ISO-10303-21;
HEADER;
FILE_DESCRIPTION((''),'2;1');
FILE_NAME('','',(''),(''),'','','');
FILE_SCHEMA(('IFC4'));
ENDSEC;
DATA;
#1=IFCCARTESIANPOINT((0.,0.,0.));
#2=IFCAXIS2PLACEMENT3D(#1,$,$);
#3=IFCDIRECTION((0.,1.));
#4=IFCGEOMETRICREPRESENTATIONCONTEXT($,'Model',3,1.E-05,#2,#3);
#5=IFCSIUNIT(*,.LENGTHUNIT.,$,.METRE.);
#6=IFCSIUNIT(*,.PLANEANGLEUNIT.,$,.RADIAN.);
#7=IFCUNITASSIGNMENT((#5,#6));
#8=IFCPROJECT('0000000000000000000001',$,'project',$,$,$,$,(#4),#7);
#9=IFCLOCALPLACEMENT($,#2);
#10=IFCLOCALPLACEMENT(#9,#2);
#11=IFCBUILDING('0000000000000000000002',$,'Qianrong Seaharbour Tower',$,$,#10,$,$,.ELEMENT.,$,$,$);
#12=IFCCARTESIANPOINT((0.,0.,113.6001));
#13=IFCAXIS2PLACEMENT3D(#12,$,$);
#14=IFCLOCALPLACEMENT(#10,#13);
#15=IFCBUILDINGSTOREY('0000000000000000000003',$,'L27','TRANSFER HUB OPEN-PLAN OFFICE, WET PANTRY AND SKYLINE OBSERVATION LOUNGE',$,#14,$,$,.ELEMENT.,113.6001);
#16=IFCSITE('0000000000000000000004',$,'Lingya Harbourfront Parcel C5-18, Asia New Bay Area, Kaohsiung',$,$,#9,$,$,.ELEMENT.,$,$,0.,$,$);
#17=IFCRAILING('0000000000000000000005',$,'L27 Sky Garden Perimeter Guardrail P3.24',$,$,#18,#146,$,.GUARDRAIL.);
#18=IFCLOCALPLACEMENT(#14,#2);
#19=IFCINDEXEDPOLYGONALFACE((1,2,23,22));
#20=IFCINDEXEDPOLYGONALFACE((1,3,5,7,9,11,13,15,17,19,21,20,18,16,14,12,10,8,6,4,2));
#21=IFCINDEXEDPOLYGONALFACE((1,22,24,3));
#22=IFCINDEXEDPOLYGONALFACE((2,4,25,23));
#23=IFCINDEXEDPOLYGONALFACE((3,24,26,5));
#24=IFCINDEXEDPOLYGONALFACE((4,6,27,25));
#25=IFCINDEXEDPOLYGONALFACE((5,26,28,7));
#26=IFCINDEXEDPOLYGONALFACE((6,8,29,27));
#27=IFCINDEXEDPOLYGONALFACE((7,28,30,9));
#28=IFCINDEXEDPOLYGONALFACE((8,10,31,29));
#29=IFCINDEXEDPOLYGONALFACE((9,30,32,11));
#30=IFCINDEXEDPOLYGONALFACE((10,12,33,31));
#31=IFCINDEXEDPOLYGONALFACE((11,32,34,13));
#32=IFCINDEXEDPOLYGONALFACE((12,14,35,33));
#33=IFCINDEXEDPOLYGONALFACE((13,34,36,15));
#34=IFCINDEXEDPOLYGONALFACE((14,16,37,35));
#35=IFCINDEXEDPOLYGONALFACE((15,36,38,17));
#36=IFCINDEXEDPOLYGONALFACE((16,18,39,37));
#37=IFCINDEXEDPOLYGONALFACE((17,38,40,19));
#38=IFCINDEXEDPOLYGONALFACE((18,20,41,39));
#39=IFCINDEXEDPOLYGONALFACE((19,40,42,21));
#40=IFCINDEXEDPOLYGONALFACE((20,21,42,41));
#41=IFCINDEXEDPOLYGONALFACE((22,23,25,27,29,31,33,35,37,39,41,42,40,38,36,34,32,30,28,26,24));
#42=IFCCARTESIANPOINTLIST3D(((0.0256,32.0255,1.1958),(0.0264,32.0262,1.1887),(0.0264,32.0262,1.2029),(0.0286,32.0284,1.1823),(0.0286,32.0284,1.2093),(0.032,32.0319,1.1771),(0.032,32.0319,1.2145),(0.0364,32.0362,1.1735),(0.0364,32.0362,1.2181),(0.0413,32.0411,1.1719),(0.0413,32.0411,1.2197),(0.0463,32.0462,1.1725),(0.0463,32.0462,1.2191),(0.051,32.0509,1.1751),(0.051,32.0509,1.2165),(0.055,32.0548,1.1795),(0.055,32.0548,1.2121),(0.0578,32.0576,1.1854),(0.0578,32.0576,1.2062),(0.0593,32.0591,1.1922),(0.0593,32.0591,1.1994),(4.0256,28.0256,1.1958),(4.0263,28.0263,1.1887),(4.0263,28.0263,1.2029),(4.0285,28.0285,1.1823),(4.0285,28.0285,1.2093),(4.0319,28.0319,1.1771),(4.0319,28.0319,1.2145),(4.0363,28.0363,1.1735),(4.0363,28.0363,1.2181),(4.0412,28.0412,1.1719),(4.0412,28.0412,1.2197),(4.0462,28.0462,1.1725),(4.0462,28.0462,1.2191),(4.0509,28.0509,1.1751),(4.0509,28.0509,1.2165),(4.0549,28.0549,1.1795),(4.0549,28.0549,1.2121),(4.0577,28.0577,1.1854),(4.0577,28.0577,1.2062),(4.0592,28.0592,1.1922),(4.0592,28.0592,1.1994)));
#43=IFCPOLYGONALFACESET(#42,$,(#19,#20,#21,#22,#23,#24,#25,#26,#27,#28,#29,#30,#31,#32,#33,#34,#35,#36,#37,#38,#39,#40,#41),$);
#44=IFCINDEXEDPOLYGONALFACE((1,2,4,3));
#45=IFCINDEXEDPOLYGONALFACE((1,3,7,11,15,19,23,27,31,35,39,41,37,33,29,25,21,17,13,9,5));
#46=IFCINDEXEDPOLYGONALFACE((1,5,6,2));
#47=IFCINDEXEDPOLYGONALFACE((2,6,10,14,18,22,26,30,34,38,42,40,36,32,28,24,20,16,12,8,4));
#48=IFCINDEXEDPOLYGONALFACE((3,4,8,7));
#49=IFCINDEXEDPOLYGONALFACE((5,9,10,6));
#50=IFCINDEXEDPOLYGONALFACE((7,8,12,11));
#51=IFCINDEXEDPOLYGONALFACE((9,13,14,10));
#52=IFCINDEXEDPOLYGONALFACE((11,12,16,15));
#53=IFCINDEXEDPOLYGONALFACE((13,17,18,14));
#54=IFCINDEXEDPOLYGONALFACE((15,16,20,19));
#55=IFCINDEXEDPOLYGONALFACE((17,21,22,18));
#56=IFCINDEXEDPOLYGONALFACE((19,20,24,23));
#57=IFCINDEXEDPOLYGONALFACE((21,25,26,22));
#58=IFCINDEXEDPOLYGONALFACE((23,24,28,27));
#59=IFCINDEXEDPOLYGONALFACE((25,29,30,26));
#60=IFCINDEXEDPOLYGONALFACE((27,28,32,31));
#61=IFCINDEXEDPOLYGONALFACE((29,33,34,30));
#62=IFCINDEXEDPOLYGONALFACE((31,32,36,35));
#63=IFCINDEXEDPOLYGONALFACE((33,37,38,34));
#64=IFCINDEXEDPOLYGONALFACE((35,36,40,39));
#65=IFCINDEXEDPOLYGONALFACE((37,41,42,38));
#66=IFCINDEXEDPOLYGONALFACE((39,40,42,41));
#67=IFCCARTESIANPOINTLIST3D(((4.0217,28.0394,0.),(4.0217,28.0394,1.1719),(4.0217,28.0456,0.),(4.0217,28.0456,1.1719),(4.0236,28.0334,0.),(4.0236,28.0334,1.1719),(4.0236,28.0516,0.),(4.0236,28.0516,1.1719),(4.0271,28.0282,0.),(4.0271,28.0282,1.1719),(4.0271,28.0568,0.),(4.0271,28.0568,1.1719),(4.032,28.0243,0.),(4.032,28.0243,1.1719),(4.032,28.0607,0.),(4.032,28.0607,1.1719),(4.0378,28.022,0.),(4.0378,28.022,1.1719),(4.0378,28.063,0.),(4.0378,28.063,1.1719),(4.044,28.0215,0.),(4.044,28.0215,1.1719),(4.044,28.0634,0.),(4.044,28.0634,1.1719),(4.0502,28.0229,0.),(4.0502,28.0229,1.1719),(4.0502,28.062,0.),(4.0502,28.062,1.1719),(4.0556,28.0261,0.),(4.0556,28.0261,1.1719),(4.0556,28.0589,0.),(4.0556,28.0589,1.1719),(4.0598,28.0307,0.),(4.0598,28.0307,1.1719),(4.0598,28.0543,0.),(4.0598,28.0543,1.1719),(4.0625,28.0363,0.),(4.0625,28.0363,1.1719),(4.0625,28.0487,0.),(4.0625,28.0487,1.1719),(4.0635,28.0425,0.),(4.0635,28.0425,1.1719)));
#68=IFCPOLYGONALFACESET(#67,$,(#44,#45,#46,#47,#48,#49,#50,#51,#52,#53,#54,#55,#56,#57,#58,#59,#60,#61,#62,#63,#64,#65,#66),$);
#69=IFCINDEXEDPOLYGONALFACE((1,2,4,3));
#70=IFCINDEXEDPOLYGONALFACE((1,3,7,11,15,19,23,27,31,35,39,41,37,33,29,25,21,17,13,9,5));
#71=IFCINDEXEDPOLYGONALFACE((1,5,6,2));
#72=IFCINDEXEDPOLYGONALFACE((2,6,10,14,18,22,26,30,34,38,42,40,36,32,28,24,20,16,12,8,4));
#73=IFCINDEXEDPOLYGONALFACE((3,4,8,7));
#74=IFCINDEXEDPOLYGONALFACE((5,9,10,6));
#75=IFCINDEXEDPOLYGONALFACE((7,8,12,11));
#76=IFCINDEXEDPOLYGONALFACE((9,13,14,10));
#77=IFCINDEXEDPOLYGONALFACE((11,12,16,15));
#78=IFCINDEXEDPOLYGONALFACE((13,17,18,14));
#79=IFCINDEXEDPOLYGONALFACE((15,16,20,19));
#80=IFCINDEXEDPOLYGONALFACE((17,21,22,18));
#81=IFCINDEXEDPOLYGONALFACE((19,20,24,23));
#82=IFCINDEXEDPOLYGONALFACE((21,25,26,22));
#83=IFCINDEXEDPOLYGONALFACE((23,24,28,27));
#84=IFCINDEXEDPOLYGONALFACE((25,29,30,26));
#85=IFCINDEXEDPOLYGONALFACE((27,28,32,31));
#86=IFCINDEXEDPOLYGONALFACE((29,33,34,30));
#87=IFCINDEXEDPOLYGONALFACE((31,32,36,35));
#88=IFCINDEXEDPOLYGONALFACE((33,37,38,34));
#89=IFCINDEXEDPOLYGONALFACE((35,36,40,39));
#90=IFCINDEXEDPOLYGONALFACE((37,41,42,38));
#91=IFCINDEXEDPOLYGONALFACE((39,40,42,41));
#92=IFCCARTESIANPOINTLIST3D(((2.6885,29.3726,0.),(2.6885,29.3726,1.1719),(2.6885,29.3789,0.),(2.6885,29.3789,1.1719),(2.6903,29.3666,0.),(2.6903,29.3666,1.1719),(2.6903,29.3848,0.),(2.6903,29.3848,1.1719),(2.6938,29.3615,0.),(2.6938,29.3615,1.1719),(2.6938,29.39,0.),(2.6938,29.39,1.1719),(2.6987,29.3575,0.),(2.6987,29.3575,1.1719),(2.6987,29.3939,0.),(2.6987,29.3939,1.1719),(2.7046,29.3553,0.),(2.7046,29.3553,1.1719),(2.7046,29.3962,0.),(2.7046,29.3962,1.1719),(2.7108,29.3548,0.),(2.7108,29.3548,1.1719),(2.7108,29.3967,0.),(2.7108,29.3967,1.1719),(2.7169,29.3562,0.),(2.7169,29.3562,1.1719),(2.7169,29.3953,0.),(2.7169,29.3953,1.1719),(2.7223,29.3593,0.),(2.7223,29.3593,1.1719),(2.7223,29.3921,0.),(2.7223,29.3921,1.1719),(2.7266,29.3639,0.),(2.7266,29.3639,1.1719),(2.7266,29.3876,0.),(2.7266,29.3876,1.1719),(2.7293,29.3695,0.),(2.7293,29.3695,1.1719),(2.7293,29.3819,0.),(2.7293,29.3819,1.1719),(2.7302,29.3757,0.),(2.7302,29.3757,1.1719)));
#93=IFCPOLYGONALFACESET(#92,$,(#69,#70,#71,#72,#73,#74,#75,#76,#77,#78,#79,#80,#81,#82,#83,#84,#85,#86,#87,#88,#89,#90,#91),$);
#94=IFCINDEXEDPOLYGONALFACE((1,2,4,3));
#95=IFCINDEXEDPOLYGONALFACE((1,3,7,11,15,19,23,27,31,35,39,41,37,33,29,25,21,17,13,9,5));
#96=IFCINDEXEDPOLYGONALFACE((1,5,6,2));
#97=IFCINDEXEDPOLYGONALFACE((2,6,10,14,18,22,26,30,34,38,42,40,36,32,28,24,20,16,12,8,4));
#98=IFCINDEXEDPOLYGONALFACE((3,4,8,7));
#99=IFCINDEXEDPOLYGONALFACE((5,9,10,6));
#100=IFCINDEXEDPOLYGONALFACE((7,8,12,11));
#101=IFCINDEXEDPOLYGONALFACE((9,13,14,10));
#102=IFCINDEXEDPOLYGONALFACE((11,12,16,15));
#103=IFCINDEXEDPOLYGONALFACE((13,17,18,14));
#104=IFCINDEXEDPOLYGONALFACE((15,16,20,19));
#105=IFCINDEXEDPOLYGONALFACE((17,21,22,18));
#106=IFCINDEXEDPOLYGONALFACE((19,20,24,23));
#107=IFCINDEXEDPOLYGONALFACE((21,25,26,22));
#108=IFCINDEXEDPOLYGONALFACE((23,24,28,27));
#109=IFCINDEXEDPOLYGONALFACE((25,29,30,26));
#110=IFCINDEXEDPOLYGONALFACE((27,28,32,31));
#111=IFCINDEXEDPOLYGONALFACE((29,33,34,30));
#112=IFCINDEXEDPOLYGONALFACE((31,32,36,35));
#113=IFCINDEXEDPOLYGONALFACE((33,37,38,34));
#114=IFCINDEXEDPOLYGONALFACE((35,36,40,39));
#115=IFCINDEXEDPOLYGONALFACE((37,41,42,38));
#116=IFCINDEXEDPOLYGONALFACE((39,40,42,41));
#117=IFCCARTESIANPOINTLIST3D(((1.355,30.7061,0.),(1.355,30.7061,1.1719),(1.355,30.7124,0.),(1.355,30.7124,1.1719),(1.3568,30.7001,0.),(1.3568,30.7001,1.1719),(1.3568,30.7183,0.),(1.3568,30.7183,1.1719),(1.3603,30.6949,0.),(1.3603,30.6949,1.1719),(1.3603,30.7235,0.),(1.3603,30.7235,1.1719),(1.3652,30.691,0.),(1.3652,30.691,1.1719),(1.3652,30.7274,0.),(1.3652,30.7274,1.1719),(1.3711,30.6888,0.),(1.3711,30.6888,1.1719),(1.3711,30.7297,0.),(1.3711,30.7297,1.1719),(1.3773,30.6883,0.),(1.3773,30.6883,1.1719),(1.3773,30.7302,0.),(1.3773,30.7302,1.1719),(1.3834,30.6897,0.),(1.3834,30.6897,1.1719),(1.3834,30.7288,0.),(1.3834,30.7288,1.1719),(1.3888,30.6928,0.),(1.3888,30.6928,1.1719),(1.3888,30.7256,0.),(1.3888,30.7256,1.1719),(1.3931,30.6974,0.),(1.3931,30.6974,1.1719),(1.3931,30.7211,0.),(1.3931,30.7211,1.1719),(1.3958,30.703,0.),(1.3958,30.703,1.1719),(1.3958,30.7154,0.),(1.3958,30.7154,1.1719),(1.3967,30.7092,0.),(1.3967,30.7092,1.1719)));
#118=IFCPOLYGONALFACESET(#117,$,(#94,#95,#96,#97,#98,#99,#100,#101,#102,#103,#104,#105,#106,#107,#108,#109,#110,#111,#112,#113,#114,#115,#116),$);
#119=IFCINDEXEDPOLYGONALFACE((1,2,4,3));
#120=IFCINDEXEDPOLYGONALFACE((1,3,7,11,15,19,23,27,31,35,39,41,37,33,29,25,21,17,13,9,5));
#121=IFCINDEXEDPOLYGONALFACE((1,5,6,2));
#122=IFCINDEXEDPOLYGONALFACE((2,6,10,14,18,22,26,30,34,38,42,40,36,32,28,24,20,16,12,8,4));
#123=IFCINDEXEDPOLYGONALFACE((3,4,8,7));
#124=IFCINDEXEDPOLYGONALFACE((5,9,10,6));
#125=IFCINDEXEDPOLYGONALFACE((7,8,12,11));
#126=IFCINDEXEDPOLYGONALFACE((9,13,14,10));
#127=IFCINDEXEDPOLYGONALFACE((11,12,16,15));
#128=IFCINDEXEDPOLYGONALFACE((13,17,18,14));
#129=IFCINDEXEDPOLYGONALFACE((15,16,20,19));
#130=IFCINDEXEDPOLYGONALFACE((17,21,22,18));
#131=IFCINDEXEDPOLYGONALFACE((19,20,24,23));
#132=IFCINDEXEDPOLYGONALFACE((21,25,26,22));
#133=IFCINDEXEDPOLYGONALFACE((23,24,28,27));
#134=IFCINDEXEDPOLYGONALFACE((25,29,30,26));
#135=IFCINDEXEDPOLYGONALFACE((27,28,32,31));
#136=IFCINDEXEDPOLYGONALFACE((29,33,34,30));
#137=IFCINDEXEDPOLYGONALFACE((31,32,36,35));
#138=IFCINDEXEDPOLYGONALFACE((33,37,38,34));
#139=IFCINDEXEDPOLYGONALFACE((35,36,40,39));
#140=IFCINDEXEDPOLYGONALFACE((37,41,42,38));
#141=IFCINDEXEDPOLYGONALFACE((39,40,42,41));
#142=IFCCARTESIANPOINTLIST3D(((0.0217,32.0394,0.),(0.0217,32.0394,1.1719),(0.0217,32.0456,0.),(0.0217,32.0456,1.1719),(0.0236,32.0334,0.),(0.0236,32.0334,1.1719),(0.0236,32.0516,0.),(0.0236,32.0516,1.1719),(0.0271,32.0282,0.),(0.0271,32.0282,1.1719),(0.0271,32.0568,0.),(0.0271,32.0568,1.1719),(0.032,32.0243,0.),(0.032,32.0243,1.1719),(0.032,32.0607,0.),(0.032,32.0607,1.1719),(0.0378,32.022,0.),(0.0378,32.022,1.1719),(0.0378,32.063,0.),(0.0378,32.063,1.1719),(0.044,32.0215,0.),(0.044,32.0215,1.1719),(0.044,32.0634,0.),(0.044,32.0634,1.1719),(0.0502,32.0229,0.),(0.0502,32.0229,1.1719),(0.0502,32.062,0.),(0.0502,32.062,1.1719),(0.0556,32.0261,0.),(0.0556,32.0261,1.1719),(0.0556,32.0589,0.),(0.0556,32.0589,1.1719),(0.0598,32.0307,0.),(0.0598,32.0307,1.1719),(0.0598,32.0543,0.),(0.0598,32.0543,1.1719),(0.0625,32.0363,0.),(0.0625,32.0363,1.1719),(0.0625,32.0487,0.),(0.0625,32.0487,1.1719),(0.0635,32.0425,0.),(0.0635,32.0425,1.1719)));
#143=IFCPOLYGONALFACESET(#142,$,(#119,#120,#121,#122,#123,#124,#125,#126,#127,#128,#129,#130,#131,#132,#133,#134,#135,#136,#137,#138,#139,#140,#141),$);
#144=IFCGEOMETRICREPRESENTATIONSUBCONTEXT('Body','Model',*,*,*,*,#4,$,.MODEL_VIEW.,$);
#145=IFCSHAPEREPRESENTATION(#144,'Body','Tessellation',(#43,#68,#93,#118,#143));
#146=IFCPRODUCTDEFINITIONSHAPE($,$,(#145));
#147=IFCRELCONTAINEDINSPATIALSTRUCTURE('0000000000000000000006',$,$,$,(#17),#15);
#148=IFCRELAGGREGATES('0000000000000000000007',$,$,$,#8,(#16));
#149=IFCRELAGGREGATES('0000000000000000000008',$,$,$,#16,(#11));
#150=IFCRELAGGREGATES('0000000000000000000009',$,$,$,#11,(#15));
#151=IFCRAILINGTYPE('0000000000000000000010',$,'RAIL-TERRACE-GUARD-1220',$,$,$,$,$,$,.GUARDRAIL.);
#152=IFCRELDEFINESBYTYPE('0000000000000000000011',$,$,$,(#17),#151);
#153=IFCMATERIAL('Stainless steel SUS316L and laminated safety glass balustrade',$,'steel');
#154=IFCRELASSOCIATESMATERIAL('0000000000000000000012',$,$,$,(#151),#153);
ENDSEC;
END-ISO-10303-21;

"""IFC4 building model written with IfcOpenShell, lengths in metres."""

from ifc_helpers import new_model, si_unit, direction, frame, origin, origin_2d, place, context, subcontext, project, spatial, circle, extrude, material, type_object, element, save


model = new_model("IFC4")

# Units and contexts
model_context = context("Model", 3, precision=1e-05, world=origin(), true_north=direction((0.0, 1.0)))
body_context = subcontext(model_context, "Body", "Model", "MODEL_VIEW")
ifc_project = project(units=[si_unit("LENGTHUNIT", "METRE"), si_unit("PLANEANGLEUNIT", "RADIAN")], contexts=[model_context])

# Site, building, storey
site_placement = place(None, origin())
site = spatial("IfcSite", under=ifc_project, at=site_placement, Name="Lingya Harbourfront Parcel C5-18, Asia New Bay Area, Kaohsiung", CompositionType="ELEMENT", RefElevation=0.0)
building_placement = place(site_placement, origin())
building = spatial("IfcBuilding", under=site, at=building_placement, Name="Qianrong Seaharbour Tower", CompositionType="ELEMENT")
storey_placement = place(building_placement, frame((0.0, 0.0, 113.6001)))
storey = spatial("IfcBuildingStorey", under=building, at=storey_placement, Name="L27", Description="TRANSFER HUB OPEN-PLAN OFFICE, WET PANTRY AND SKYLINE OBSERVATION LOUNGE", CompositionType="ELEMENT", Elevation=113.6001)

# Railing
ifc_material_1 = material(Name="Stainless steel SUS316L and laminated safety glass balustrade", Category="steel")
railing_type = type_object("IfcRailingType", Name="RAIL-TERRACE-GUARD-1220", PredefinedType="GUARDRAIL", material=ifc_material_1)
railing_1_placement = place(storey_placement, frame((4.0425, 28.0425, 0.0)))
element("IfcRailing", 1, at=railing_1_placement, inside=storey, type_object=railing_type, Name="L27 Sky Garden Perimeter Guardrail P3.24", PredefinedType="GUARDRAIL", context=body_context, shape_type="SweptSolid", body=[
    extrude(circle(Radius=0.0239, at=origin_2d()), frame((0.0, 0.0, 1.1958), z_axis=(-0.707107, 0.707107, 0.0), x_axis=(-0.707107, -0.707107, 0.0)), (0.0, 0.0, 1.0), 5.6567),
    extrude(circle(Radius=0.021, at=origin_2d()), origin(), (0.0, 0.0, 1.0), 1.1719),
    extrude(circle(Radius=0.021, at=origin_2d()), frame((-1.3333, 1.3333, 0.0)), (0.0, 0.0, 1.0), 1.1719),
    extrude(circle(Radius=0.021, at=origin_2d()), frame((-2.6667, 2.6667, 0.0)), (0.0, 0.0, 1.0), 1.1719),
    extrude(circle(Radius=0.021, at=origin_2d()), frame((-4.0, 4.0, 0.0)), (0.0, 0.0, 1.0), 1.1719),
])

save(model, "model.ifc")
